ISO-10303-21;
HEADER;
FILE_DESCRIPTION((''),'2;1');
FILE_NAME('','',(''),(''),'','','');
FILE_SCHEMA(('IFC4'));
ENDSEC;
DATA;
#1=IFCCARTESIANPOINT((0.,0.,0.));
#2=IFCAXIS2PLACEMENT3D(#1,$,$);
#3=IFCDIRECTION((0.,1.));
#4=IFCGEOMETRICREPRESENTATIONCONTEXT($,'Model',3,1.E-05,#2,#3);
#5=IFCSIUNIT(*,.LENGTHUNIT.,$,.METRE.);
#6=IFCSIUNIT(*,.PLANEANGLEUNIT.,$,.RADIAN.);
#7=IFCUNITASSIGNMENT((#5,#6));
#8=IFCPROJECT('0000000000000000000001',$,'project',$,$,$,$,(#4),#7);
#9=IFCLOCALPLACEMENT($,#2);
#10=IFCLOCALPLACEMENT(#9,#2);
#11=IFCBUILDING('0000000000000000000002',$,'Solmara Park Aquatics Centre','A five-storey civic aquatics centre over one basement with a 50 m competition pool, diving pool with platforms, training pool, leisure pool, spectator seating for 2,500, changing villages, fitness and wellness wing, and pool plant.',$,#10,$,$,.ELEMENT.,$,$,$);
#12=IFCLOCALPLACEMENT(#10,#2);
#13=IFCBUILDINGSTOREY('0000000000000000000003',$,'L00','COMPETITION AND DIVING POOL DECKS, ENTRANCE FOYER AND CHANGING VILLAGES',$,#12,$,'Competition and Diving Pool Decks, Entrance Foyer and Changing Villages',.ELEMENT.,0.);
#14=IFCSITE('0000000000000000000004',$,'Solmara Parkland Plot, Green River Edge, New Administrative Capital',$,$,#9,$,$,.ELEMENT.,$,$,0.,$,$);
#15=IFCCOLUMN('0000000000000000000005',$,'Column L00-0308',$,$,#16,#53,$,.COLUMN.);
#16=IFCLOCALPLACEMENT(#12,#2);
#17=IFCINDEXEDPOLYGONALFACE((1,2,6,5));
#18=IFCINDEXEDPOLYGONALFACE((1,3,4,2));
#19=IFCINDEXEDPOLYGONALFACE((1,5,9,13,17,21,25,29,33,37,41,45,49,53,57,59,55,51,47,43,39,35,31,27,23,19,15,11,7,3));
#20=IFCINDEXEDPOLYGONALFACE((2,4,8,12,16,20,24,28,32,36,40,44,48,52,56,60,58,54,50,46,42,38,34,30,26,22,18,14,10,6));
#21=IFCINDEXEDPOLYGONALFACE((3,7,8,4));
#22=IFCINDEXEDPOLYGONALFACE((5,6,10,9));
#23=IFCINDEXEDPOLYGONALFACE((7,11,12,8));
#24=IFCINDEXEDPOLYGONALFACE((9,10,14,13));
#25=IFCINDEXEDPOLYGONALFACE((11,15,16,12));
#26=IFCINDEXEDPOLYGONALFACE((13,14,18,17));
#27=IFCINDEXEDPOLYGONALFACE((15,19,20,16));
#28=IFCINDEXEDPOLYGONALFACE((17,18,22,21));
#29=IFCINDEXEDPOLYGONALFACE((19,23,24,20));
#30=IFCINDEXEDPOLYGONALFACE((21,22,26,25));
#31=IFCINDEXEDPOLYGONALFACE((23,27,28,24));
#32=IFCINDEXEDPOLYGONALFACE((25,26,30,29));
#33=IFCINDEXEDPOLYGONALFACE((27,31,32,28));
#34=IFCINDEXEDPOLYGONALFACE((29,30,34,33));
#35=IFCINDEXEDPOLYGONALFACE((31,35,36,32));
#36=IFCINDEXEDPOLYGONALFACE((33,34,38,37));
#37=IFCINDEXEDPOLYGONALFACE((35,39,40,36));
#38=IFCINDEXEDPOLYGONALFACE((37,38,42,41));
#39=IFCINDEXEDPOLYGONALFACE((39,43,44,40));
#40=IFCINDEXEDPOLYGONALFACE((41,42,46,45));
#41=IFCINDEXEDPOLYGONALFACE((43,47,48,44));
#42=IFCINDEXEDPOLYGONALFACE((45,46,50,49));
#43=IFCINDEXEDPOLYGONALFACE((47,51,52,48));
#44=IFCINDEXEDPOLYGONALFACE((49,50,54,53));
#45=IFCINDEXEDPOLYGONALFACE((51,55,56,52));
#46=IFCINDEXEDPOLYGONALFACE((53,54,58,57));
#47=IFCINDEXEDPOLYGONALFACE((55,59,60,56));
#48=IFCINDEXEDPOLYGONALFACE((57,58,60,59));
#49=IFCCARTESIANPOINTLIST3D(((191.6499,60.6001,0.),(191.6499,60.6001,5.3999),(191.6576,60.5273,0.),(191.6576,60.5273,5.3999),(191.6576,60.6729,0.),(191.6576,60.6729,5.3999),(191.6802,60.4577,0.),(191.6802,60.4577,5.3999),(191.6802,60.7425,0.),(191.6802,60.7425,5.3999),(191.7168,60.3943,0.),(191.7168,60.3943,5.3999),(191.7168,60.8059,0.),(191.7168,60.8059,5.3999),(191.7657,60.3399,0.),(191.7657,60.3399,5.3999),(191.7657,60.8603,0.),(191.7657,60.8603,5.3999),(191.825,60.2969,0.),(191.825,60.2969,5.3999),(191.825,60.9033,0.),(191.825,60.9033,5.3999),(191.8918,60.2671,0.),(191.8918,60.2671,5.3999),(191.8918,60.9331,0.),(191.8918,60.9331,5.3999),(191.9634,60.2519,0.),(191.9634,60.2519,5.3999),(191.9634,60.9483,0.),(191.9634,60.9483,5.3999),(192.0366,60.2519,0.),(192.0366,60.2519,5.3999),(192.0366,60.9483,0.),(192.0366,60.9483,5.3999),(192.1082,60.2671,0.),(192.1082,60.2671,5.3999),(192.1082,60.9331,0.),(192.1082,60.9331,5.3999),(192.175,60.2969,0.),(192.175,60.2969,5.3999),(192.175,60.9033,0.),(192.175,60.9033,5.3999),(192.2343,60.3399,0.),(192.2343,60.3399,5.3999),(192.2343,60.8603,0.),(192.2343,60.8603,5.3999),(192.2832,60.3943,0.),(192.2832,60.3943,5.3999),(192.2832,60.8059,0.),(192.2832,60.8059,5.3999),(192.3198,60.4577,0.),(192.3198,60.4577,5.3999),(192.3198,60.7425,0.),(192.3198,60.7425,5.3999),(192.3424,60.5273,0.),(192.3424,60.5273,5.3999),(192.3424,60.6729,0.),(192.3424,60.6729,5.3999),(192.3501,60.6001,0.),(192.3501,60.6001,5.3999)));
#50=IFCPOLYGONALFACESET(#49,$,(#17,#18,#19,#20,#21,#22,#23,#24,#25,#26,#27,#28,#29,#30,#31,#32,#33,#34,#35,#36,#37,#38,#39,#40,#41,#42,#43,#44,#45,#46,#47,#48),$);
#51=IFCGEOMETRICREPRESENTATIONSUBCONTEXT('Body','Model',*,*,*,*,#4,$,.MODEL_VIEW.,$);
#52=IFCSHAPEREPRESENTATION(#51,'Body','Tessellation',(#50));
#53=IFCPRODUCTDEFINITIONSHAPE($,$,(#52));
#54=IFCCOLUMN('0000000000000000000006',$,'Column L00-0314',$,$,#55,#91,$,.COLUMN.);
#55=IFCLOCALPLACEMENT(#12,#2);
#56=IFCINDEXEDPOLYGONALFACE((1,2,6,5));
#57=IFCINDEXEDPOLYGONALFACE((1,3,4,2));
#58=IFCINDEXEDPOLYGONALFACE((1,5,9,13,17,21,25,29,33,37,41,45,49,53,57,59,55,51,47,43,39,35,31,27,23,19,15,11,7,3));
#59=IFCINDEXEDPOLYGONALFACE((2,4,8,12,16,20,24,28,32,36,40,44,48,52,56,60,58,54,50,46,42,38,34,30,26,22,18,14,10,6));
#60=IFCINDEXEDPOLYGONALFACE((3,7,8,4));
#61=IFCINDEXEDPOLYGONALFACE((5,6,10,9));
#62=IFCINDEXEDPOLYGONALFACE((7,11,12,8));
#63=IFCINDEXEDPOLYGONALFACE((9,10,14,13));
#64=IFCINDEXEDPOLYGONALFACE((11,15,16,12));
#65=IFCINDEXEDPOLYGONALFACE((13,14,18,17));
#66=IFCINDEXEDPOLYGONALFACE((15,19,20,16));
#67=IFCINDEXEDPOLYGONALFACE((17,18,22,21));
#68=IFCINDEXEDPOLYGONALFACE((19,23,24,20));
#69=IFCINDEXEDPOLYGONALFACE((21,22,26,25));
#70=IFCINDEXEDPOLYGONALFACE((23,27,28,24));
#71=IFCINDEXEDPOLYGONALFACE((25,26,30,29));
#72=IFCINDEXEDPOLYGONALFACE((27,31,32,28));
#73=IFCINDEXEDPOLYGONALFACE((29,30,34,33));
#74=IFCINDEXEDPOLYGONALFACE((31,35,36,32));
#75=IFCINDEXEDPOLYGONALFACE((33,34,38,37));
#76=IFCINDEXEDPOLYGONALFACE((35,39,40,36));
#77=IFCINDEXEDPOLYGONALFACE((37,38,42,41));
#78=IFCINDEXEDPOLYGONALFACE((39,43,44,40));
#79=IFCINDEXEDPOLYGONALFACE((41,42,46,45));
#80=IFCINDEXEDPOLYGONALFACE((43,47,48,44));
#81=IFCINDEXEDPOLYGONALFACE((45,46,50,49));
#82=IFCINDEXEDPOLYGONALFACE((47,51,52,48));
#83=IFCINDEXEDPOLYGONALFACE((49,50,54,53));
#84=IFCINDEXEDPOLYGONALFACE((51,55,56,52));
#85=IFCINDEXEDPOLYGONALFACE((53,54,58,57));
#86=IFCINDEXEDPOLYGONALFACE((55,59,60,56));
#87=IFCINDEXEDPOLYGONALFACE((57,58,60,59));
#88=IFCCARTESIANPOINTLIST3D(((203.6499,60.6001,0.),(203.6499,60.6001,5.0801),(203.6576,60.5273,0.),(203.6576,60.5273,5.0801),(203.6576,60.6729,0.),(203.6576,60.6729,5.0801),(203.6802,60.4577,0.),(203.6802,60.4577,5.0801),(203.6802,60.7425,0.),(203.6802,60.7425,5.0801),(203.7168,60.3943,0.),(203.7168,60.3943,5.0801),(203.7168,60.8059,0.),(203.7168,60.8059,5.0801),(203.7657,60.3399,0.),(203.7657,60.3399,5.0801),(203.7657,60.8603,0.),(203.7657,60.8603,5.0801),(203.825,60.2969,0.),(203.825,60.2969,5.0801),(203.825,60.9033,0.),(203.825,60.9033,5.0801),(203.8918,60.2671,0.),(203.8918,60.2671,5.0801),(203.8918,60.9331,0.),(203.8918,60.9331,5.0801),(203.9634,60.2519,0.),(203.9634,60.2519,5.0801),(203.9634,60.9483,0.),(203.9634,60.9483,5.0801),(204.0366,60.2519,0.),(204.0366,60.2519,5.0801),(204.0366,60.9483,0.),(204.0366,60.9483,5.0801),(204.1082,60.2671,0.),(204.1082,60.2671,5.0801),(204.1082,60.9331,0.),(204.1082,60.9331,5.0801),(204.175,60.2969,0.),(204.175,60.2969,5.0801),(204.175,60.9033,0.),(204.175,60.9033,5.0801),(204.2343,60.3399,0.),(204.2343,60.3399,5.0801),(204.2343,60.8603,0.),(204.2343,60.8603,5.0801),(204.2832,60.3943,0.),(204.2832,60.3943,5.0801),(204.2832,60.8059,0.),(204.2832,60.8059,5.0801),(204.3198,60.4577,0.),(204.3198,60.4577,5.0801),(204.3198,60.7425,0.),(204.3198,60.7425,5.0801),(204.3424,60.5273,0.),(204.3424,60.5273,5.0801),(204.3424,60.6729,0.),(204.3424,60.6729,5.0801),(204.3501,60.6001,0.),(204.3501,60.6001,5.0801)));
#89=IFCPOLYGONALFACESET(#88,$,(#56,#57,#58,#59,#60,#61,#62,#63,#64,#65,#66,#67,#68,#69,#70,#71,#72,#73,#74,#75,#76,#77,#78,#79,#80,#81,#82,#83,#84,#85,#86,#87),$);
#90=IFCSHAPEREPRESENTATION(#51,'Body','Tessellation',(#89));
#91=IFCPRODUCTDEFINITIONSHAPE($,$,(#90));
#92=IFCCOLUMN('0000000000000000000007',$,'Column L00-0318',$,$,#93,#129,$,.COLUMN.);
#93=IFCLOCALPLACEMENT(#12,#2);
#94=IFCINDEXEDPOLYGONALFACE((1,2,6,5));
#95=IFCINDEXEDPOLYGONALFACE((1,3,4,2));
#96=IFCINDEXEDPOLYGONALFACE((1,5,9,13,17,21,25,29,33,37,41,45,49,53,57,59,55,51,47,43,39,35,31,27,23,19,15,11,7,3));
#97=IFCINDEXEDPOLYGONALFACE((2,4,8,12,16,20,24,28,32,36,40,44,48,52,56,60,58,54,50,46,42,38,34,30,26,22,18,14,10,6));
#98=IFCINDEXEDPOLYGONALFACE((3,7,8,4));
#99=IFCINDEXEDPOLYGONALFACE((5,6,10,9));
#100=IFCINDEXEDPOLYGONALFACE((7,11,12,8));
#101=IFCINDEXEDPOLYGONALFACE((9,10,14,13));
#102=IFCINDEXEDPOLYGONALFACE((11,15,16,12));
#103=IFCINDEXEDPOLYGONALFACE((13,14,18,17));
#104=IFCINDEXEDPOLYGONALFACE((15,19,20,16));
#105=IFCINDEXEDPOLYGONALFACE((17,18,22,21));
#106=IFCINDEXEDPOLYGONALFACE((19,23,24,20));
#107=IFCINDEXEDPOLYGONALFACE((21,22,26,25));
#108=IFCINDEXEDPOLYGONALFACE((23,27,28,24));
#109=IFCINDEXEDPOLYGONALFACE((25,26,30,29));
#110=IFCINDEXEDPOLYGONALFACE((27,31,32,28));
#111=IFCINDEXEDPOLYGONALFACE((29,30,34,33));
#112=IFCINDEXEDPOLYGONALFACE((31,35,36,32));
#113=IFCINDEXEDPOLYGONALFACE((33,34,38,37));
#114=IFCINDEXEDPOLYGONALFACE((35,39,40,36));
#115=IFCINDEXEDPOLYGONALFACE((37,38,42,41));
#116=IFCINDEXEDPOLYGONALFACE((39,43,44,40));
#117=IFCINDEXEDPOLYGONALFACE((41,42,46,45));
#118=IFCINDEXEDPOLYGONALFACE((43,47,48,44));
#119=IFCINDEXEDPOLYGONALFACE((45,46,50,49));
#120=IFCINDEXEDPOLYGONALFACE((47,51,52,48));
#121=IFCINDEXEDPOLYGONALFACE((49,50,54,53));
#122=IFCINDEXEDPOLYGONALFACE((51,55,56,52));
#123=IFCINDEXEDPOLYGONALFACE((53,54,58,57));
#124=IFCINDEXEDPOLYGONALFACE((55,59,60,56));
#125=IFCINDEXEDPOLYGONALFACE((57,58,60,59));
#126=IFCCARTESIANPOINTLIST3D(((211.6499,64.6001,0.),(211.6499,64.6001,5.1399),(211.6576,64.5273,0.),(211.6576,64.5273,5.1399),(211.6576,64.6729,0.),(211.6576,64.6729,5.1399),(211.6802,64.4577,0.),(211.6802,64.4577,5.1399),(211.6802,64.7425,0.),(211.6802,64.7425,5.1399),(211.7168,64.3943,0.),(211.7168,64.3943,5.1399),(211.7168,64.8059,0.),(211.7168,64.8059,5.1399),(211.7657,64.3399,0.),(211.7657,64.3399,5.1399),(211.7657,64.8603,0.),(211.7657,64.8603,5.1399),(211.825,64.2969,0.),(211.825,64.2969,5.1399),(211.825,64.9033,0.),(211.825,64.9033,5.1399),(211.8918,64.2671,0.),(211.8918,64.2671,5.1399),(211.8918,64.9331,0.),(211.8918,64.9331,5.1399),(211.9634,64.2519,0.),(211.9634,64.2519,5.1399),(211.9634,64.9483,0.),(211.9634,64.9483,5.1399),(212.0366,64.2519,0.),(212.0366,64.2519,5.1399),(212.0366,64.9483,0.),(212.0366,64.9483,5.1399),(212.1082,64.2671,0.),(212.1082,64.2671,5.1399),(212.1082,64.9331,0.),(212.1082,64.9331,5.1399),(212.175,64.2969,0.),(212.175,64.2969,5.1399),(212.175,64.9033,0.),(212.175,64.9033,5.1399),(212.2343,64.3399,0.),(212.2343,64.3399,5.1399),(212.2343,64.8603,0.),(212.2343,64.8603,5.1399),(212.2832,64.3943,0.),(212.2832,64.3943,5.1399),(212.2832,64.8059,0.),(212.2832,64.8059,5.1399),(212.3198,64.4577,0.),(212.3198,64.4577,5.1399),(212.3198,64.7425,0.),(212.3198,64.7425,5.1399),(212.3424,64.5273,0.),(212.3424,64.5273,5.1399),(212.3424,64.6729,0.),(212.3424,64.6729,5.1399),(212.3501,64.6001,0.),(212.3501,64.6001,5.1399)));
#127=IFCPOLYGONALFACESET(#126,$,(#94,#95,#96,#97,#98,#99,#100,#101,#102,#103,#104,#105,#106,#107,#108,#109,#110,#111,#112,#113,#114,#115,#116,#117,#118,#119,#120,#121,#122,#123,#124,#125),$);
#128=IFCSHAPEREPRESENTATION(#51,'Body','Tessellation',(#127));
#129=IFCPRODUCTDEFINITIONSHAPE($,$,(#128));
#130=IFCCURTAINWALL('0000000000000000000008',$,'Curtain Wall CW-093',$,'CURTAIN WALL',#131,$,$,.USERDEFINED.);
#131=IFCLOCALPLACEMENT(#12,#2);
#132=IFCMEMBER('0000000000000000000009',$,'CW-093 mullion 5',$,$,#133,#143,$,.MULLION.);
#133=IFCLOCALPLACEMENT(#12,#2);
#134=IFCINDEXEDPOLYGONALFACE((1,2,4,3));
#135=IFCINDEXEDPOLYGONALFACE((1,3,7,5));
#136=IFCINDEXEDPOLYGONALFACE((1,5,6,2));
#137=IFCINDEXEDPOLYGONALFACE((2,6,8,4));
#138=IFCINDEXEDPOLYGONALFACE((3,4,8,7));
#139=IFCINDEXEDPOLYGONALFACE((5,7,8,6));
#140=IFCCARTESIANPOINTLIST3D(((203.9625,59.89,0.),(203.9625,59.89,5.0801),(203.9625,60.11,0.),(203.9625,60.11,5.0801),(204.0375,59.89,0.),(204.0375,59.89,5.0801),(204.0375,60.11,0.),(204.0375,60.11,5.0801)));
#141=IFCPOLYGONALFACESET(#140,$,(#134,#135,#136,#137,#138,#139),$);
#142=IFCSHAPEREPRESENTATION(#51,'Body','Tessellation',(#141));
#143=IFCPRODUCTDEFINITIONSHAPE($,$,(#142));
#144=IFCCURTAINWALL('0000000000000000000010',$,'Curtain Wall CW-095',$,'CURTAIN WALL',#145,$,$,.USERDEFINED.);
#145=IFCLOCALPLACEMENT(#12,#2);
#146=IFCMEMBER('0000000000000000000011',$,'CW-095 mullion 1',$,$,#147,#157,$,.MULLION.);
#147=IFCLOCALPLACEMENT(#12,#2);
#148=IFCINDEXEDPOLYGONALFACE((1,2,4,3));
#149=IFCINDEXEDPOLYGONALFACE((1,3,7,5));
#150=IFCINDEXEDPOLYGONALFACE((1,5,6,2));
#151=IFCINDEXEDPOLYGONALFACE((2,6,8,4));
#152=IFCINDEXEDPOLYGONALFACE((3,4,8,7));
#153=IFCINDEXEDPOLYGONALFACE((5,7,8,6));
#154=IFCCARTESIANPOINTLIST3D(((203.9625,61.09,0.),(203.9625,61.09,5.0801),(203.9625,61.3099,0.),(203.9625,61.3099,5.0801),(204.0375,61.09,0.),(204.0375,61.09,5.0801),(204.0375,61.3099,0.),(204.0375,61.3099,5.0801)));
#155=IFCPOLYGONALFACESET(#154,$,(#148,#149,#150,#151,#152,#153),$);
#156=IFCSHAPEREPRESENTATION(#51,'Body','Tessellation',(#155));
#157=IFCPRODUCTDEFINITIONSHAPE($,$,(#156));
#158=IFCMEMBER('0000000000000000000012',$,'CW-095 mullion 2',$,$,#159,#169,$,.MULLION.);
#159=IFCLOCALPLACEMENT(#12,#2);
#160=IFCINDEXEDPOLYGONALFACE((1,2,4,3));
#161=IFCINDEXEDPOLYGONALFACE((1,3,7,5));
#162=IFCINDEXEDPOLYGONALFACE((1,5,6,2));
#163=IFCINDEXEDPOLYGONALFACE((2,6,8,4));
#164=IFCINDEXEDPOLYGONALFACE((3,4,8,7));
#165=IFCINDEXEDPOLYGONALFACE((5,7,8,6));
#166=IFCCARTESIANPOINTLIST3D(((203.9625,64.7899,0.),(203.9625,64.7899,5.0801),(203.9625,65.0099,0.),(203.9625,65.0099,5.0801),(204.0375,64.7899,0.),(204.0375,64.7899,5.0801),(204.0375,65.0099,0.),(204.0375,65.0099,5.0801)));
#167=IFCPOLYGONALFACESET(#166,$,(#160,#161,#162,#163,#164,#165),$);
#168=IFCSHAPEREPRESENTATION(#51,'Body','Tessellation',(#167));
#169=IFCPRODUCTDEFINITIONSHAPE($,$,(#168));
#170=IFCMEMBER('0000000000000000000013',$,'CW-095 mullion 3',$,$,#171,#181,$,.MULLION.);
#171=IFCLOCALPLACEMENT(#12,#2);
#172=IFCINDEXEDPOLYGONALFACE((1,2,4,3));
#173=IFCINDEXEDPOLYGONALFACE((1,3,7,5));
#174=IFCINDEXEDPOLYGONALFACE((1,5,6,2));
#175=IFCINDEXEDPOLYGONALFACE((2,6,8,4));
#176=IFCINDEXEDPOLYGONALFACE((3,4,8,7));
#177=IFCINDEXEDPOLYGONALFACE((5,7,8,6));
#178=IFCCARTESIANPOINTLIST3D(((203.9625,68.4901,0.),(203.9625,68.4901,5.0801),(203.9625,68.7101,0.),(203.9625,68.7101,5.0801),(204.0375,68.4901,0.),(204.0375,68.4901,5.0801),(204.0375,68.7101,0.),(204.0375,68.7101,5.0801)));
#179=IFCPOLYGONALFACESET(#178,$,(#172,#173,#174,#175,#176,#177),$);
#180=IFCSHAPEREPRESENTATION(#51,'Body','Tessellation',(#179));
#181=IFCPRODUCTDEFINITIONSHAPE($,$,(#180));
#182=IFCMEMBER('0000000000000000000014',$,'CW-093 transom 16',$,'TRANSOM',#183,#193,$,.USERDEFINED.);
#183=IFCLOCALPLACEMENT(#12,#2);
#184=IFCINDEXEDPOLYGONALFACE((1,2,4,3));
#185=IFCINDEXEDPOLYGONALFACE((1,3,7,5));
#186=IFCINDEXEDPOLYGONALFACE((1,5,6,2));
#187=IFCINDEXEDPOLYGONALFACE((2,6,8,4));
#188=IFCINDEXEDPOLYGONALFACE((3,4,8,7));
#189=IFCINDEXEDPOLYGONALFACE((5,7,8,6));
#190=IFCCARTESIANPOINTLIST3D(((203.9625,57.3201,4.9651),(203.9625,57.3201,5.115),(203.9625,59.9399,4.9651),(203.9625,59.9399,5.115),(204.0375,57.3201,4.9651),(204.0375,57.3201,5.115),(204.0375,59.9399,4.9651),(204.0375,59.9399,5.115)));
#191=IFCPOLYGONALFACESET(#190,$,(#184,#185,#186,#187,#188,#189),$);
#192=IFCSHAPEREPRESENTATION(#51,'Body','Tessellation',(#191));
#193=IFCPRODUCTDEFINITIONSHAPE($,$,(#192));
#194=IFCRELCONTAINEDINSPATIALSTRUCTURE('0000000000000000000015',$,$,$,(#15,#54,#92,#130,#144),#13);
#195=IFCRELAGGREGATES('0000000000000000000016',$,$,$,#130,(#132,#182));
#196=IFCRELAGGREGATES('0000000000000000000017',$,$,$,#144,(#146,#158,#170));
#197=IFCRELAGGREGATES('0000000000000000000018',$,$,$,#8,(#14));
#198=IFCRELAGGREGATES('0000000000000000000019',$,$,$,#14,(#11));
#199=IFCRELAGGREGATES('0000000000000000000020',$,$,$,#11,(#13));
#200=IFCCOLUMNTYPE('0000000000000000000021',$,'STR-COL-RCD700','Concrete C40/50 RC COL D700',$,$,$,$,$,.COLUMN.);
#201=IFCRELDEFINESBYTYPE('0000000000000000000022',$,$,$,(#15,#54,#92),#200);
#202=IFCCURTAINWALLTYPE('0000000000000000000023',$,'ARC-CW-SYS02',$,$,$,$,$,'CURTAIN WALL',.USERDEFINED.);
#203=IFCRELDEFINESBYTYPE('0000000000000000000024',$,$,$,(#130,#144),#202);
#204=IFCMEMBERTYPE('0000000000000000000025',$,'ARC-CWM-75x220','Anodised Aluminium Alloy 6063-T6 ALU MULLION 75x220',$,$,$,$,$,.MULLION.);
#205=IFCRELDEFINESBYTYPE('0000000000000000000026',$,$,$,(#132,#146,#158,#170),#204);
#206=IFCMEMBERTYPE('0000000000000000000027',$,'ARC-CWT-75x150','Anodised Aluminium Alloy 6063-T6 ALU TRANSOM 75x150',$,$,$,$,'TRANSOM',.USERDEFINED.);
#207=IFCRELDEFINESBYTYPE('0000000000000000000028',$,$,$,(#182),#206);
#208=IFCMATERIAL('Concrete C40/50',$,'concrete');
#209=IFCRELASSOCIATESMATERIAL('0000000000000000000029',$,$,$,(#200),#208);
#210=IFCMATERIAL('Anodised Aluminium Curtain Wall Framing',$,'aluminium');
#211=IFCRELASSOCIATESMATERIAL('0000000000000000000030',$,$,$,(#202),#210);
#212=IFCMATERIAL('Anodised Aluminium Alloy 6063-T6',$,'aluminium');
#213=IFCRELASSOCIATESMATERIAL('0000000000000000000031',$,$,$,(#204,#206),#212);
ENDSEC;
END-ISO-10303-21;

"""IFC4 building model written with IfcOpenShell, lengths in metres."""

from ifc_helpers import new_model, si_unit, direction, frame, origin, origin_2d, place, context, subcontext, project, spatial, rectangle, circle, extrude, material, material_profile, profile_set, type_object, element, aggregate, save


model = new_model("IFC4")

# Units and contexts
model_context = context("Model", 3, precision=1e-05, world=origin(), true_north=direction((0.0, 1.0)))
body_context = subcontext(model_context, "Body", "Model", "MODEL_VIEW")
ifc_project = project(units=[si_unit("LENGTHUNIT", "METRE"), si_unit("PLANEANGLEUNIT", "RADIAN")], contexts=[model_context])

# Site, building, storey
site_placement = place(None, origin())
site = spatial("IfcSite", under=ifc_project, at=site_placement, Name="Solmara Parkland Plot, Green River Edge, New Administrative Capital", CompositionType="ELEMENT", RefElevation=0.0)
building_placement = place(site_placement, origin())
building = spatial("IfcBuilding", under=site, at=building_placement, Name="Solmara Park Aquatics Centre", Description="A five-storey civic aquatics centre over one basement with a 50 m competition pool, diving pool with platforms, training pool, leisure pool, spectator seating for 2,500, changing villages, fitness and wellness wing, and pool plant.", CompositionType="ELEMENT")
storey_placement = place(building_placement, origin())
storey = spatial("IfcBuildingStorey", under=building, at=storey_placement, Name="L00", Description="COMPETITION AND DIVING POOL DECKS, ENTRANCE FOYER AND CHANGING VILLAGES", LongName="Competition and Diving Pool Decks, Entrance Foyer and Changing Villages", CompositionType="ELEMENT", Elevation=0.0)

# Columns
ifc_material_1 = material(Name="Concrete C40/50", Category="concrete")
ifc_material_profile_1 = material_profile(ifc_material_1, circle(Radius=0.3501, at=origin_2d()), Name="RC COL D700")
ifc_profile_set_1 = profile_set([ifc_material_profile_1], Name="Concrete C40/50")
column_type = type_object("IfcColumnType", Name="STR-COL-RCD700", Description="Concrete C40/50 RC COL D700", PredefinedType="COLUMN", material=ifc_profile_set_1)
column_1_placement = place(storey_placement, frame((192.0, 60.6001, 0.0), z_axis=(0.0, 0.0, 1.0), x_axis=(1.0, 0.0, 0.0)))
element("IfcColumn", 1, at=column_1_placement, inside=storey, type_object=column_type, Name="Column L00-0308", PredefinedType="COLUMN", context=body_context, shape_type="SweptSolid", body=[
    extrude(circle(Radius=0.3501, at=origin_2d()), origin(), (0.0, 0.0, 1.0), 5.3999),
])
column_2_placement = place(storey_placement, frame((204.0, 60.6001, 0.0), z_axis=(0.0, 0.0, 1.0), x_axis=(1.0, 0.0, 0.0)))
element("IfcColumn", 2, at=column_2_placement, inside=storey, type_object=column_type, Name="Column L00-0314", PredefinedType="COLUMN", context=body_context, shape_type="SweptSolid", body=[
    extrude(circle(Radius=0.3501, at=origin_2d()), origin(), (0.0, 0.0, 1.0), 5.0801),
])
column_3_placement = place(storey_placement, frame((212.0, 64.6001, 0.0), z_axis=(0.0, 0.0, 1.0), x_axis=(1.0, 0.0, 0.0)))
element("IfcColumn", 3, at=column_3_placement, inside=storey, type_object=column_type, Name="Column L00-0318", PredefinedType="COLUMN", context=body_context, shape_type="SweptSolid", body=[
    extrude(circle(Radius=0.3501, at=origin_2d()), origin(), (0.0, 0.0, 1.0), 5.1399),
])

# Curtain wall, member
ifc_material_2 = material(Name="Anodised Aluminium Curtain Wall Framing", Category="aluminium")
curtain_wall_type = type_object("IfcCurtainWallType", Name="ARC-CW-SYS02", ElementType="CURTAIN WALL", PredefinedType="USERDEFINED", material=ifc_material_2)
curtain_wall_1_placement = place(storey_placement, origin())
curtain_wall_1 = element("IfcCurtainWall", 4, at=curtain_wall_1_placement, inside=storey, type_object=curtain_wall_type, Name="Curtain Wall CW-093", ObjectType="CURTAIN WALL", PredefinedType="USERDEFINED")
ifc_material_3 = material(Name="Anodised Aluminium Alloy 6063-T6", Category="aluminium")
ifc_material_profile_2 = material_profile(ifc_material_3, rectangle(XDim=0.075, YDim=0.22, at=origin_2d()), Name="ALU MULLION 75x220")
ifc_profile_set_2 = profile_set([ifc_material_profile_2], Name="Anodised Aluminium Alloy 6063-T6")
member_type_1 = type_object("IfcMemberType", Name="ARC-CWM-75x220", Description="Anodised Aluminium Alloy 6063-T6 ALU MULLION 75x220", PredefinedType="MULLION", material=ifc_profile_set_2)
member_1_placement = place(storey_placement, frame((204.0, 60.0, 0.0), z_axis=(0.0, 0.0, 1.0), x_axis=(1.0, 0.0, 0.0)))
member_1 = element("IfcMember", 5, at=member_1_placement, type_object=member_type_1, Name="CW-093 mullion 5", PredefinedType="MULLION", context=body_context, shape_type="SweptSolid", body=[
    extrude(rectangle(XDim=0.075, YDim=0.22, at=origin_2d()), origin(), (0.0, 0.0, 1.0), 5.0801),
])

# Curtain wall, members
curtain_wall_2_placement = place(storey_placement, origin())
curtain_wall_2 = element("IfcCurtainWall", 6, at=curtain_wall_2_placement, inside=storey, type_object=curtain_wall_type, Name="Curtain Wall CW-095", ObjectType="CURTAIN WALL", PredefinedType="USERDEFINED")
member_2_placement = place(storey_placement, frame((204.0, 61.2, 0.0), z_axis=(0.0, 0.0, 1.0), x_axis=(1.0, 0.0, 0.0)))
member_2 = element("IfcMember", 7, at=member_2_placement, type_object=member_type_1, Name="CW-095 mullion 1", PredefinedType="MULLION", context=body_context, shape_type="SweptSolid", body=[
    extrude(rectangle(XDim=0.075, YDim=0.22, at=origin_2d()), origin(), (0.0, 0.0, 1.0), 5.0801),
])
member_3_placement = place(storey_placement, frame((204.0, 64.8999, 0.0), z_axis=(0.0, 0.0, 1.0), x_axis=(1.0, 0.0, 0.0)))
member_3 = element("IfcMember", 8, at=member_3_placement, type_object=member_type_1, Name="CW-095 mullion 2", PredefinedType="MULLION", context=body_context, shape_type="SweptSolid", body=[
    extrude(rectangle(XDim=0.075, YDim=0.22, at=origin_2d()), origin(), (0.0, 0.0, 1.0), 5.0801),
])
member_4_placement = place(storey_placement, frame((204.0, 68.6001, 0.0), z_axis=(0.0, 0.0, 1.0), x_axis=(1.0, 0.0, 0.0)))
member_4 = element("IfcMember", 9, at=member_4_placement, type_object=member_type_1, Name="CW-095 mullion 3", PredefinedType="MULLION", context=body_context, shape_type="SweptSolid", body=[
    extrude(rectangle(XDim=0.075, YDim=0.22, at=origin_2d()), origin(), (0.0, 0.0, 1.0), 5.0801),
])

# Member
ifc_material_profile_3 = material_profile(ifc_material_3, rectangle(XDim=0.075, YDim=0.1499, at=origin_2d()), Name="ALU TRANSOM 75x150")
ifc_profile_set_3 = profile_set([ifc_material_profile_3], Name="Anodised Aluminium Alloy 6063-T6")
member_type_2 = type_object("IfcMemberType", Name="ARC-CWT-75x150", Description="Anodised Aluminium Alloy 6063-T6 ALU TRANSOM 75x150", ElementType="TRANSOM", PredefinedType="USERDEFINED", material=ifc_profile_set_3)
member_5_placement = place(storey_placement, frame((204.0, 57.3201, 5.04), z_axis=(0.0, 1.0, 0.0), x_axis=(-1.0, 0.0, 0.0)))
member_5 = element("IfcMember", 10, at=member_5_placement, type_object=member_type_2, Name="CW-093 transom 16", ObjectType="TRANSOM", PredefinedType="USERDEFINED", context=body_context, shape_type="SweptSolid", body=[
    extrude(rectangle(XDim=0.075, YDim=0.1499, at=origin_2d()), origin(), (0.0, 0.0, 1.0), 2.6199),
])

aggregate(curtain_wall_1, [member_1, member_5])
aggregate(curtain_wall_2, [member_2, member_3, member_4])

save(model, "model.ifc")
